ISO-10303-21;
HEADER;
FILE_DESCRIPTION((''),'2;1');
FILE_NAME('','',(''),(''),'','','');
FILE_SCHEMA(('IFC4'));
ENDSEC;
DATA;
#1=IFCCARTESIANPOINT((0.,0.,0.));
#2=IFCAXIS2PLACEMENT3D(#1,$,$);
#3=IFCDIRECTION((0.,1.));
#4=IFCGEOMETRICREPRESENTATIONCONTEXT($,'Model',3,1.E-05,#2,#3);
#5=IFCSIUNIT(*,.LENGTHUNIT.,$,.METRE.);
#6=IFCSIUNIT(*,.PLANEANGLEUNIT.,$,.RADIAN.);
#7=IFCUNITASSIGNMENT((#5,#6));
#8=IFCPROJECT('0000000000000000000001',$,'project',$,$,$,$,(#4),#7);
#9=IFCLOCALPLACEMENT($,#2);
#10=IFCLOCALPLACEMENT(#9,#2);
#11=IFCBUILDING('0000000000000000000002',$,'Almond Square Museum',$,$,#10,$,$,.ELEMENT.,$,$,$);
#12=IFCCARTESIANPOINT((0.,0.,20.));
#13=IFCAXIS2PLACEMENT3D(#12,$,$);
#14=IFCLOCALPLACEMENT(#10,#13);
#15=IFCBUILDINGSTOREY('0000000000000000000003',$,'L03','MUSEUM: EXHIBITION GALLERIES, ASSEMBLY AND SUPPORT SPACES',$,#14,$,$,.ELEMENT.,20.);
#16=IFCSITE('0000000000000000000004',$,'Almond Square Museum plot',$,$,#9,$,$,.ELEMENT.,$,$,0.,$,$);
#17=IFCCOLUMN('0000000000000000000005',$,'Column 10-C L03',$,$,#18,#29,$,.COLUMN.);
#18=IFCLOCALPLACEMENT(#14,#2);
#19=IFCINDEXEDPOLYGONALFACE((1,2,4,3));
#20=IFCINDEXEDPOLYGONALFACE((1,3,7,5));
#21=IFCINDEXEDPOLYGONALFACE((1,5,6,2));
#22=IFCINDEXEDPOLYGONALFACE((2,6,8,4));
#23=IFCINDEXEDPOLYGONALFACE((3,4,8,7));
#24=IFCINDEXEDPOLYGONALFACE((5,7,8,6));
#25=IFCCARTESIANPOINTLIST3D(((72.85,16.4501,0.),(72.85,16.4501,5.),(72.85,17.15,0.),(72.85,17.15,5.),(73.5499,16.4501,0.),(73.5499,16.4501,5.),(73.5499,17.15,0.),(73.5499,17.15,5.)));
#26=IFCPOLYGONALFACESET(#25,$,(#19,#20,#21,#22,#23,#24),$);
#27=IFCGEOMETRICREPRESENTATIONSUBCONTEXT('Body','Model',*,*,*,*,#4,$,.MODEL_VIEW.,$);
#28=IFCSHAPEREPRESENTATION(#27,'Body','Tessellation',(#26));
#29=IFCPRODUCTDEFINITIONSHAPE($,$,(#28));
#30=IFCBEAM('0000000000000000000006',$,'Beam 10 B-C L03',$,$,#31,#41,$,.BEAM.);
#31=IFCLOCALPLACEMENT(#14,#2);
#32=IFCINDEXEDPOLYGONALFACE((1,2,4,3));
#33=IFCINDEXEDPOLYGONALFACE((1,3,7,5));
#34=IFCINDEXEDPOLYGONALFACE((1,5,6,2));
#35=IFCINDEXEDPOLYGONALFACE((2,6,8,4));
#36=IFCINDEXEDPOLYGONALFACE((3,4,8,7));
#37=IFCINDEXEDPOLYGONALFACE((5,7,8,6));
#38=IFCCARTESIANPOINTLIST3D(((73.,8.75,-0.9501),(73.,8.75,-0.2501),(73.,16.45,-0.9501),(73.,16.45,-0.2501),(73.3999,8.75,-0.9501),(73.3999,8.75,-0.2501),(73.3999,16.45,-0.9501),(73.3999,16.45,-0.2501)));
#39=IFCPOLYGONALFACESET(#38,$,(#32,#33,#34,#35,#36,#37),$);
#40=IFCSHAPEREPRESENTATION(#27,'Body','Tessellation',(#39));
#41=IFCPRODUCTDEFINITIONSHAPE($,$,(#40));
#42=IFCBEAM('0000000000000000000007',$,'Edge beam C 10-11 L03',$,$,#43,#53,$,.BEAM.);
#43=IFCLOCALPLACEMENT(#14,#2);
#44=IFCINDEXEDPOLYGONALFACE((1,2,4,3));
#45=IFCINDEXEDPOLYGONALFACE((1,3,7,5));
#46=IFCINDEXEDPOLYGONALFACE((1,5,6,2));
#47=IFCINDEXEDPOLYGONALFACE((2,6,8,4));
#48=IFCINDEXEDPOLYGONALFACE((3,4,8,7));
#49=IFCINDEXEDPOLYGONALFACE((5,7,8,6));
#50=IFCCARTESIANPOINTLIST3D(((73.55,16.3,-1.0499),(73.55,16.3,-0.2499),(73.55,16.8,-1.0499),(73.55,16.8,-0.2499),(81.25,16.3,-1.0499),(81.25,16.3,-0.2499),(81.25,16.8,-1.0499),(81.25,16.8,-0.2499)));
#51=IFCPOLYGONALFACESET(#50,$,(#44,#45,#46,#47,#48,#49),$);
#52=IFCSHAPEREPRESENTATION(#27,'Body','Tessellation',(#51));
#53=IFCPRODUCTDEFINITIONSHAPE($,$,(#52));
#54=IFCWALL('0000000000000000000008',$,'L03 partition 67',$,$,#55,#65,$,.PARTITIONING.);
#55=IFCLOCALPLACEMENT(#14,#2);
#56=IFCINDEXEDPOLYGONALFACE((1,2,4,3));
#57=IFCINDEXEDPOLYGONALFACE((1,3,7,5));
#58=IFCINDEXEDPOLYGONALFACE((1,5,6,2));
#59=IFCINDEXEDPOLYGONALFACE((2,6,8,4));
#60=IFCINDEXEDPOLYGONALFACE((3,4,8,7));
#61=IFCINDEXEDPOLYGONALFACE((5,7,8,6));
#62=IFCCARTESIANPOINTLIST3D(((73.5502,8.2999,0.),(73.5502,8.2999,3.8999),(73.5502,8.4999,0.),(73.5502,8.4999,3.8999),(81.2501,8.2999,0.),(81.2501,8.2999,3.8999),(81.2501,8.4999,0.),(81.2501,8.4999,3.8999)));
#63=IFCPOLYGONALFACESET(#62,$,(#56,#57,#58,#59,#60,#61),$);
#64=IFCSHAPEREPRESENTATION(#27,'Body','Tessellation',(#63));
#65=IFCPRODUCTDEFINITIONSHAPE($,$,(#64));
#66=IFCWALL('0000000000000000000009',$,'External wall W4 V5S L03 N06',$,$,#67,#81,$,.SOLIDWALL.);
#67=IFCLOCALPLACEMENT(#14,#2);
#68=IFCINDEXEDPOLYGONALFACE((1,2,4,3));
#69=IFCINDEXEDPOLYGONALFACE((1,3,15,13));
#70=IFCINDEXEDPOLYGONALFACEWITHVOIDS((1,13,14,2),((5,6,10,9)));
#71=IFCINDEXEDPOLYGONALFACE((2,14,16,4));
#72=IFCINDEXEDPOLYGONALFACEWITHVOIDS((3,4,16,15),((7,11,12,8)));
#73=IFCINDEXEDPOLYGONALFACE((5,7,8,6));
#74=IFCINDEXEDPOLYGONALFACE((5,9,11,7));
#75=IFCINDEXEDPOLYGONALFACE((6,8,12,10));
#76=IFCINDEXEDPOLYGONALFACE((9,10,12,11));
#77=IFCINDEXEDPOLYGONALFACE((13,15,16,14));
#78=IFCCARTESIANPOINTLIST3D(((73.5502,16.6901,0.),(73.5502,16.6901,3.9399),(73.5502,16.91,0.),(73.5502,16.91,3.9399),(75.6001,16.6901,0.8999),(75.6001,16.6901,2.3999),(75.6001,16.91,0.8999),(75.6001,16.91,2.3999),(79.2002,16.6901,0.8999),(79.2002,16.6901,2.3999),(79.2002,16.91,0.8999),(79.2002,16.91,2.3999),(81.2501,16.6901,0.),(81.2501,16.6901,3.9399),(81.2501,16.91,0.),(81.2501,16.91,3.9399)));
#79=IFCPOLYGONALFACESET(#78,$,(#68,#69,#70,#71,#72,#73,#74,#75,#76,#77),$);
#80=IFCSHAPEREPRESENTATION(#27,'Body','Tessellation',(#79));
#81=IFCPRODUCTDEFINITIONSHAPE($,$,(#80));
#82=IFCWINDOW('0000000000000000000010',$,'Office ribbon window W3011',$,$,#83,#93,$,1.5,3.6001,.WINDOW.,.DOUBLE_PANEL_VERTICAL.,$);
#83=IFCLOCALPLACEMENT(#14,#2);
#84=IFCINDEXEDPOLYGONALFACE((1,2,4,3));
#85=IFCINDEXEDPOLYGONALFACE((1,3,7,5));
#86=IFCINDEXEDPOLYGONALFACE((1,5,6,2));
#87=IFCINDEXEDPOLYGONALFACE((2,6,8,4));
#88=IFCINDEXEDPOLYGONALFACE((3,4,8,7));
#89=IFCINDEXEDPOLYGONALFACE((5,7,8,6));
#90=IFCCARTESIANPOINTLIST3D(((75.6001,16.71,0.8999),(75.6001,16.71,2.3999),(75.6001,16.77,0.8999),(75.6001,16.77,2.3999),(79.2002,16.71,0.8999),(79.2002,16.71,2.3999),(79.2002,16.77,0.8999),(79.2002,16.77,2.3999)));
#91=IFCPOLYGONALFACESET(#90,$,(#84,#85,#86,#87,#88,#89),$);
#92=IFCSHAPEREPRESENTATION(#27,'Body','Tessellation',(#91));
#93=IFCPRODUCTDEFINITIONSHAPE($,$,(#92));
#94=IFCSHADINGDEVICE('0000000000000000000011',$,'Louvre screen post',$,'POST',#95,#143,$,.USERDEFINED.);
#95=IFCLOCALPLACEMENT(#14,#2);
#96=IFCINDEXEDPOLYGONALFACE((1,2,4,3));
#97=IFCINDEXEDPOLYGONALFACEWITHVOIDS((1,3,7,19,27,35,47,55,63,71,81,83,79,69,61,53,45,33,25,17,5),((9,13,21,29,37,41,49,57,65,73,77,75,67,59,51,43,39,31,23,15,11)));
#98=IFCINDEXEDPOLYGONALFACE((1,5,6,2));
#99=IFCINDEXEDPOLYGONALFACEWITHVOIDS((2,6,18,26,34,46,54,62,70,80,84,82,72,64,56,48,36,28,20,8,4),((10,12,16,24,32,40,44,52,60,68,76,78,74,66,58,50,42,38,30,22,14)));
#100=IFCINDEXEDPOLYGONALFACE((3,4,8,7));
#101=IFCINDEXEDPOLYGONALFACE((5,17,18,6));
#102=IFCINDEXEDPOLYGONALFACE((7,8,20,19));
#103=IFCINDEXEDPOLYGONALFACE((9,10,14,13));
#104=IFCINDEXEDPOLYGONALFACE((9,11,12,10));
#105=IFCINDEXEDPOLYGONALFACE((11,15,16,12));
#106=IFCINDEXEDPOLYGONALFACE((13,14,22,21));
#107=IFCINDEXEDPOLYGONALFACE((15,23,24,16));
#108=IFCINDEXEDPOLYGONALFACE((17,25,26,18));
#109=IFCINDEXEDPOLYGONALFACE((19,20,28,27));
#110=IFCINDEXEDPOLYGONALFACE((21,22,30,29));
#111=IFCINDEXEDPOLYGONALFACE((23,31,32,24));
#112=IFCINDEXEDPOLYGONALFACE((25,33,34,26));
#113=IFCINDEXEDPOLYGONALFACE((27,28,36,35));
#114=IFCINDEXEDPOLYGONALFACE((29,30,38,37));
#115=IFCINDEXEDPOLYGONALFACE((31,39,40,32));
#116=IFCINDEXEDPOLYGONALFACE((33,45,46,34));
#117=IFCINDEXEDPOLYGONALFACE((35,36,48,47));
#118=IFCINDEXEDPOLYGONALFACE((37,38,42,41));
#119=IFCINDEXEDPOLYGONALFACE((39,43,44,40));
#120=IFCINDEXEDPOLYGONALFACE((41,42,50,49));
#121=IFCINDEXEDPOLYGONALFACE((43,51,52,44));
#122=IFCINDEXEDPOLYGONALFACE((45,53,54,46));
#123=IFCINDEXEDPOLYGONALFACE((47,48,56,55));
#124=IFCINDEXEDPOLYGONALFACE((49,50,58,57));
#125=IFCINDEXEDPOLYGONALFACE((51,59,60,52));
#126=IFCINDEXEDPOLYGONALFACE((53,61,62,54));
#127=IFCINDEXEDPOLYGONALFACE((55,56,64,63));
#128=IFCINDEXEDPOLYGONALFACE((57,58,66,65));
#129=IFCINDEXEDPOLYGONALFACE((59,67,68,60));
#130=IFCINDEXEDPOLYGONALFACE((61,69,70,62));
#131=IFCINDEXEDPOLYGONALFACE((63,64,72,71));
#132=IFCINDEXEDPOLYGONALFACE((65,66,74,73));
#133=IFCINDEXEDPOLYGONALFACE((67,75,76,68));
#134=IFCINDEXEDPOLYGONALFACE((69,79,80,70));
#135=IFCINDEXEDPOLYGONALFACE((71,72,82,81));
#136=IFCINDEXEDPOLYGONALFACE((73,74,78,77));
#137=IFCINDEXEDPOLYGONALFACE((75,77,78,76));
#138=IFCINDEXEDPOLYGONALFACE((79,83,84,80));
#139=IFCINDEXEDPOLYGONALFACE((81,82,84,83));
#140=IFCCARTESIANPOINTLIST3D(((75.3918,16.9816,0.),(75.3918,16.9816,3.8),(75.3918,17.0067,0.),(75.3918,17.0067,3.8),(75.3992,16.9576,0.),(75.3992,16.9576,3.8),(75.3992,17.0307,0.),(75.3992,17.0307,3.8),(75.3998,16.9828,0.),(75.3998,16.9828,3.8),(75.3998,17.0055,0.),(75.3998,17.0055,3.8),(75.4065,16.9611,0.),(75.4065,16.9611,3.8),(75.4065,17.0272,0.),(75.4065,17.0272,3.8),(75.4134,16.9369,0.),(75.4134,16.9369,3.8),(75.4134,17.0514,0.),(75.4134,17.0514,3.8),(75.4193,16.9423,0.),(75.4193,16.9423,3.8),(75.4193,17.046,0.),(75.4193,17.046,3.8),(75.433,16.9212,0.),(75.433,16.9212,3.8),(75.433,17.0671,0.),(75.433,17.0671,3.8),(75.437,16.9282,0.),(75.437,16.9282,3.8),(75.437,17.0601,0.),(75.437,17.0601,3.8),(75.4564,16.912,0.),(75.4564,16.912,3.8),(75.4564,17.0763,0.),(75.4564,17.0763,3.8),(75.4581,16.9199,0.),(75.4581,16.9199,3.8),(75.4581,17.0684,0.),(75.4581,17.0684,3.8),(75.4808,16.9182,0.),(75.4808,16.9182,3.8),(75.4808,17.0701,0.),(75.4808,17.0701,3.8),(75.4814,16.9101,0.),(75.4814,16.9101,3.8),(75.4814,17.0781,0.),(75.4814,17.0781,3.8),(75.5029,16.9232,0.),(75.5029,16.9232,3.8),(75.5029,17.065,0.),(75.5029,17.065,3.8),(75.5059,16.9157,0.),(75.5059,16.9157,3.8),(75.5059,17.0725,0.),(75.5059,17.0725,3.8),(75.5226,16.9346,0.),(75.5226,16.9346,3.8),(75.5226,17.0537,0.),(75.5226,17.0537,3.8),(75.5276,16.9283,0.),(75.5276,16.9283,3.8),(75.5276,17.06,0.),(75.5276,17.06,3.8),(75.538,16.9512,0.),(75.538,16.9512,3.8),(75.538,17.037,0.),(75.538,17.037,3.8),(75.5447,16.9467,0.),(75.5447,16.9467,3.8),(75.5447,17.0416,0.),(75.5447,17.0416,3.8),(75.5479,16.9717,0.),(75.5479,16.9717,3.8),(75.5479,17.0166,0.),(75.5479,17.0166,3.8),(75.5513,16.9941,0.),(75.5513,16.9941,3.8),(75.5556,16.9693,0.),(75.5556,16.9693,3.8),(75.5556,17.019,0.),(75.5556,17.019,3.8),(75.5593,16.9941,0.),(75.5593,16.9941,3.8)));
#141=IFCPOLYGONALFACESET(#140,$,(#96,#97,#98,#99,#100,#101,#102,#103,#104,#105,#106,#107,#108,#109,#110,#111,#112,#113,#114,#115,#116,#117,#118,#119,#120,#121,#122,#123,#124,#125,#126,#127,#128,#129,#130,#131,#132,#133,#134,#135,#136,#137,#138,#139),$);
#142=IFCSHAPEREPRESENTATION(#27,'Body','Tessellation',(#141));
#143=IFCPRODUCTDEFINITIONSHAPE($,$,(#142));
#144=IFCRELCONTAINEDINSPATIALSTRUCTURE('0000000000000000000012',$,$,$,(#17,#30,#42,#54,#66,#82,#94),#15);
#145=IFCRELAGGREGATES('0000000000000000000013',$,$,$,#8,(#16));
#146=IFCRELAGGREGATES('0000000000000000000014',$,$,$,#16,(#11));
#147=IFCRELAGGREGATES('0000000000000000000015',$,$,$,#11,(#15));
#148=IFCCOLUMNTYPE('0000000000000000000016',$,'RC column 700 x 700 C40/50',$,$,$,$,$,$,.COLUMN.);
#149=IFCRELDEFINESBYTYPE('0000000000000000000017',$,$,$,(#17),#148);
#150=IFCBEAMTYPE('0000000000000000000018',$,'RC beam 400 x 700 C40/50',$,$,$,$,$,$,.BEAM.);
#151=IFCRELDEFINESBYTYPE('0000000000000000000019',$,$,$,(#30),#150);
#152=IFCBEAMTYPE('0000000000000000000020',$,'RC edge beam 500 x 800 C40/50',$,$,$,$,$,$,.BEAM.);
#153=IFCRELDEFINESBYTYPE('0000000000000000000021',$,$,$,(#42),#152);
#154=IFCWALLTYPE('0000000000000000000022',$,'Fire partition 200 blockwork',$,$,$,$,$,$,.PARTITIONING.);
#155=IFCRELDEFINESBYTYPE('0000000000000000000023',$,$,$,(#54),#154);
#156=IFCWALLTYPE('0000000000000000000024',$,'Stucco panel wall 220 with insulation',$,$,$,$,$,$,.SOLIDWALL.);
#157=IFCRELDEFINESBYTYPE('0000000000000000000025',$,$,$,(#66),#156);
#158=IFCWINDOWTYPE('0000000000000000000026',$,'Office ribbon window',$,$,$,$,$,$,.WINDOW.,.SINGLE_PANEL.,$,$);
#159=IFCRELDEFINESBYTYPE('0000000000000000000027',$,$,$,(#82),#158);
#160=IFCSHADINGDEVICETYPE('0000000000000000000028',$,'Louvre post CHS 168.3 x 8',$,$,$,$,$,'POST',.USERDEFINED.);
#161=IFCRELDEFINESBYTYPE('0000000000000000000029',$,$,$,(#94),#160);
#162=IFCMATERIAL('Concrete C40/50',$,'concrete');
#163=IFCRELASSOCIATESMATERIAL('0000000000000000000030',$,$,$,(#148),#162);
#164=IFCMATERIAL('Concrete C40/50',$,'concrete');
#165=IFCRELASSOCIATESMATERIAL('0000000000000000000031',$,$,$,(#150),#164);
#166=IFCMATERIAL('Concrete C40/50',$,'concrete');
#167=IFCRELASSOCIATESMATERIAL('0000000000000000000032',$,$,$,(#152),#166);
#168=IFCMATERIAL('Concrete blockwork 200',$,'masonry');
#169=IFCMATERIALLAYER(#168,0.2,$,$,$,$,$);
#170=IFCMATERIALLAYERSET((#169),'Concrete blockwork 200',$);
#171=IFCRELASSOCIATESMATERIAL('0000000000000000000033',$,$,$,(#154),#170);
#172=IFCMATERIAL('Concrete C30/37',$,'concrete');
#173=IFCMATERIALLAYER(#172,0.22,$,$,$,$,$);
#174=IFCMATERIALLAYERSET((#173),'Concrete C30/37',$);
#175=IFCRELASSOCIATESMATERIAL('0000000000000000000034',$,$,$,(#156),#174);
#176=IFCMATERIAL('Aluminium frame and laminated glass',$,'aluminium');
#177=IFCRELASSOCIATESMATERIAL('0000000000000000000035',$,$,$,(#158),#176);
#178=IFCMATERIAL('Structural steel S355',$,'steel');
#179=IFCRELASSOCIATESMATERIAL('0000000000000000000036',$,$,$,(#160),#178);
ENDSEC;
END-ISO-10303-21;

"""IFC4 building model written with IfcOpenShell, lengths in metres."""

from ifc_helpers import new_model, si_unit, direction, frame, frame_2d, origin, origin_2d, place, context, subcontext, project, spatial, rectangle, hollow_circle, extrude, material, layer, layer_set, material_profile, profile_set, type_object, element, fill, save


model = new_model("IFC4")

# Units and contexts
model_context = context("Model", 3, precision=1e-05, world=origin(), true_north=direction((0.0, 1.0)))
body_context = subcontext(model_context, "Body", "Model", "MODEL_VIEW")
ifc_project = project(units=[si_unit("LENGTHUNIT", "METRE"), si_unit("PLANEANGLEUNIT", "RADIAN")], contexts=[model_context])

# Site, building, storey
site_placement = place(None, origin())
site = spatial("IfcSite", under=ifc_project, at=site_placement, Name="Almond Square Museum plot", CompositionType="ELEMENT", RefElevation=0.0)
building_placement = place(site_placement, origin())
building = spatial("IfcBuilding", under=site, at=building_placement, Name="Almond Square Museum", CompositionType="ELEMENT")
storey_placement = place(building_placement, frame((0.0, 0.0, 20.0)))
storey = spatial("IfcBuildingStorey", under=building, at=storey_placement, Name="L03", Description="MUSEUM: EXHIBITION GALLERIES, ASSEMBLY AND SUPPORT SPACES", CompositionType="ELEMENT", Elevation=20.0)

# Column
ifc_material_1 = material(Name="Concrete C40/50", Category="concrete")
ifc_material_profile_1 = material_profile(ifc_material_1, rectangle(XDim=0.7, YDim=0.7, at=origin_2d()))
ifc_profile_set_1 = profile_set([ifc_material_profile_1], Name="Concrete C40/50")
column_type = type_object("IfcColumnType", Name="RC column 700 x 700 C40/50", PredefinedType="COLUMN", material=ifc_profile_set_1)
column_placement = place(storey_placement, frame((73.2, 16.8, 0.0), z_axis=(0.0, 0.0, 1.0), x_axis=(1.0, 0.0, 0.0)))
element("IfcColumn", 1, at=column_placement, inside=storey, type_object=column_type, Name="Column 10-C L03", PredefinedType="COLUMN", context=body_context, shape_type="SweptSolid", body=[
    extrude(rectangle(XDim=0.7, YDim=0.7, at=origin_2d()), origin(), (0.0, 0.0, 1.0), 5.0),
])

# Beams
ifc_material_2 = material(Name="Concrete C40/50", Category="concrete")
ifc_material_profile_2 = material_profile(ifc_material_2, rectangle(XDim=0.3999, YDim=0.7, at=origin_2d()))
ifc_profile_set_2 = profile_set([ifc_material_profile_2], Name="Concrete C40/50")
beam_type_1 = type_object("IfcBeamType", Name="RC beam 400 x 700 C40/50", PredefinedType="BEAM", material=ifc_profile_set_2)
beam_1_placement = place(storey_placement, frame((73.2, 8.75, -0.6001), z_axis=(0.0, 1.0, 0.0), x_axis=(-1.0, 0.0, 0.0)))
element("IfcBeam", 2, at=beam_1_placement, inside=storey, type_object=beam_type_1, Name="Beam 10 B-C L03", PredefinedType="BEAM", context=body_context, shape_type="SweptSolid", body=[
    extrude(rectangle(XDim=0.3999, YDim=0.7, at=origin_2d()), origin(), (0.0, 0.0, 1.0), 7.7),
])
ifc_material_3 = material(Name="Concrete C40/50", Category="concrete")
ifc_material_profile_3 = material_profile(ifc_material_3, rectangle(XDim=0.5, YDim=0.8, at=origin_2d()))
ifc_profile_set_3 = profile_set([ifc_material_profile_3], Name="Concrete C40/50")
beam_type_2 = type_object("IfcBeamType", Name="RC edge beam 500 x 800 C40/50", PredefinedType="BEAM", material=ifc_profile_set_3)
beam_2_placement = place(storey_placement, frame((73.55, 16.55, -0.6499), z_axis=(1.0, 0.0, 0.0), x_axis=(0.0, 1.0, 0.0)))
element("IfcBeam", 3, at=beam_2_placement, inside=storey, type_object=beam_type_2, Name="Edge beam C 10-11 L03", PredefinedType="BEAM", context=body_context, shape_type="SweptSolid", body=[
    extrude(rectangle(XDim=0.5, YDim=0.8, at=origin_2d()), origin(), (0.0, 0.0, 1.0), 7.7),
])

# Wall
ifc_material_4 = material(Name="Concrete blockwork 200", Category="masonry")
ifc_layer_1 = layer(ifc_material_4, 0.2)
ifc_layer_set_1 = layer_set([ifc_layer_1], Name="Concrete blockwork 200")
wall_type_1 = type_object("IfcWallType", Name="Fire partition 200 blockwork", PredefinedType="PARTITIONING", material=ifc_layer_set_1)
wall_1_placement = place(storey_placement, frame((73.55, 8.3999, 0.0), z_axis=(0.0, 0.0, 1.0), x_axis=(1.0, 0.0, 0.0)))
element("IfcWall", 4, at=wall_1_placement, inside=storey, type_object=wall_type_1, Name="L03 partition 67", PredefinedType="PARTITIONING", context=body_context, shape_type="SweptSolid", body=[
    extrude(rectangle(XDim=7.7, YDim=0.2, at=frame_2d((3.8501, 0.0))), origin(), (0.0, 0.0, 1.0), 3.8999),
])

# Wall, opening, window
ifc_material_5 = material(Name="Concrete C30/37", Category="concrete")
ifc_layer_2 = layer(ifc_material_5, 0.22)
ifc_layer_set_2 = layer_set([ifc_layer_2], Name="Concrete C30/37")
wall_type_2 = type_object("IfcWallType", Name="Stucco panel wall 220 with insulation", PredefinedType="SOLIDWALL", material=ifc_layer_set_2)
wall_2_placement = place(storey_placement, frame((73.55, 16.8, 0.0), z_axis=(0.0, 0.0, 1.0), x_axis=(1.0, 0.0, 0.0)))
wall_2 = element("IfcWall", 5, at=wall_2_placement, inside=storey, type_object=wall_type_2, Name="External wall W4 V5S L03 N06", PredefinedType="SOLIDWALL", context=body_context, shape_type="SweptSolid", body=[
    extrude(rectangle(XDim=7.7, YDim=0.22, at=frame_2d((3.8501, 0.0))), origin(), (0.0, 0.0, 1.0), 3.9399),
])
opening_placement = place(wall_2_placement, frame((2.05, 0.0, 0.8999)))
opening = element("IfcOpeningElement", 6, at=opening_placement, cuts=wall_2, PredefinedType="OPENING", context=body_context, shape_type="SweptSolid", body=[
    extrude(rectangle(XDim=3.6001, YDim=1.5, at=frame_2d((1.8, 0.75))), frame((0.0, 0.1199, 0.0), z_axis=(0.0, -1.0, 0.0), x_axis=(1.0, 0.0, 0.0)), (0.0, 0.0, 1.0), 0.24),
])
ifc_material_6 = material(Name="Aluminium frame and laminated glass", Category="aluminium")
window_type = type_object("IfcWindowType", Name="Office ribbon window", PartitioningType="SINGLE_PANEL", PredefinedType="WINDOW", material=ifc_material_6)
window_placement = place(opening_placement, origin())
window = element("IfcWindow", 7, at=window_placement, inside=storey, type_object=window_type, Name="Office ribbon window W3011", OverallHeight=1.5, OverallWidth=3.6001, PartitioningType="DOUBLE_PANEL_VERTICAL", PredefinedType="WINDOW", context=body_context, shape_type="SweptSolid", body=[
    extrude(rectangle(XDim=3.6001, YDim=1.5, at=frame_2d((1.8, 0.75))), frame((0.0, -0.03, 0.0), z_axis=(0.0, -1.0, 0.0), x_axis=(1.0, 0.0, 0.0)), (0.0, 0.0, 1.0), 0.0601),
])
fill(opening, window)

# Shading device
ifc_material_7 = material(Name="Structural steel S355", Category="steel")
ifc_material_profile_4 = material_profile(ifc_material_7, hollow_circle(Radius=0.0842, WallThickness=0.0081, at=origin_2d()))
ifc_profile_set_4 = profile_set([ifc_material_profile_4], Name="Structural steel S355")
shading_device_type_1 = type_object("IfcShadingDeviceType", Name="Louvre post CHS 168.3 x 8", ElementType="POST", PredefinedType="USERDEFINED", material=ifc_profile_set_4)
for number, where, z_axis, x_axis, name in (
    (8, (75.4751, 16.9941, 0.0), (0.0, 0.0, 1.0), (1.0, 0.0, 0.0), "Louvre screen post"),
):
    element("IfcShadingDevice", number, at=place(storey_placement, frame(where, z_axis=z_axis, x_axis=x_axis)), inside=storey, type_object=shading_device_type_1, Name=name, ObjectType="POST", PredefinedType="USERDEFINED", context=body_context, shape_type="SweptSolid", body=[
        extrude(hollow_circle(Radius=0.0842, WallThickness=0.0081, at=origin_2d()), origin(), (0.0, 0.0, 1.0), 3.8),
    ])

save(model, "model.ifc")
